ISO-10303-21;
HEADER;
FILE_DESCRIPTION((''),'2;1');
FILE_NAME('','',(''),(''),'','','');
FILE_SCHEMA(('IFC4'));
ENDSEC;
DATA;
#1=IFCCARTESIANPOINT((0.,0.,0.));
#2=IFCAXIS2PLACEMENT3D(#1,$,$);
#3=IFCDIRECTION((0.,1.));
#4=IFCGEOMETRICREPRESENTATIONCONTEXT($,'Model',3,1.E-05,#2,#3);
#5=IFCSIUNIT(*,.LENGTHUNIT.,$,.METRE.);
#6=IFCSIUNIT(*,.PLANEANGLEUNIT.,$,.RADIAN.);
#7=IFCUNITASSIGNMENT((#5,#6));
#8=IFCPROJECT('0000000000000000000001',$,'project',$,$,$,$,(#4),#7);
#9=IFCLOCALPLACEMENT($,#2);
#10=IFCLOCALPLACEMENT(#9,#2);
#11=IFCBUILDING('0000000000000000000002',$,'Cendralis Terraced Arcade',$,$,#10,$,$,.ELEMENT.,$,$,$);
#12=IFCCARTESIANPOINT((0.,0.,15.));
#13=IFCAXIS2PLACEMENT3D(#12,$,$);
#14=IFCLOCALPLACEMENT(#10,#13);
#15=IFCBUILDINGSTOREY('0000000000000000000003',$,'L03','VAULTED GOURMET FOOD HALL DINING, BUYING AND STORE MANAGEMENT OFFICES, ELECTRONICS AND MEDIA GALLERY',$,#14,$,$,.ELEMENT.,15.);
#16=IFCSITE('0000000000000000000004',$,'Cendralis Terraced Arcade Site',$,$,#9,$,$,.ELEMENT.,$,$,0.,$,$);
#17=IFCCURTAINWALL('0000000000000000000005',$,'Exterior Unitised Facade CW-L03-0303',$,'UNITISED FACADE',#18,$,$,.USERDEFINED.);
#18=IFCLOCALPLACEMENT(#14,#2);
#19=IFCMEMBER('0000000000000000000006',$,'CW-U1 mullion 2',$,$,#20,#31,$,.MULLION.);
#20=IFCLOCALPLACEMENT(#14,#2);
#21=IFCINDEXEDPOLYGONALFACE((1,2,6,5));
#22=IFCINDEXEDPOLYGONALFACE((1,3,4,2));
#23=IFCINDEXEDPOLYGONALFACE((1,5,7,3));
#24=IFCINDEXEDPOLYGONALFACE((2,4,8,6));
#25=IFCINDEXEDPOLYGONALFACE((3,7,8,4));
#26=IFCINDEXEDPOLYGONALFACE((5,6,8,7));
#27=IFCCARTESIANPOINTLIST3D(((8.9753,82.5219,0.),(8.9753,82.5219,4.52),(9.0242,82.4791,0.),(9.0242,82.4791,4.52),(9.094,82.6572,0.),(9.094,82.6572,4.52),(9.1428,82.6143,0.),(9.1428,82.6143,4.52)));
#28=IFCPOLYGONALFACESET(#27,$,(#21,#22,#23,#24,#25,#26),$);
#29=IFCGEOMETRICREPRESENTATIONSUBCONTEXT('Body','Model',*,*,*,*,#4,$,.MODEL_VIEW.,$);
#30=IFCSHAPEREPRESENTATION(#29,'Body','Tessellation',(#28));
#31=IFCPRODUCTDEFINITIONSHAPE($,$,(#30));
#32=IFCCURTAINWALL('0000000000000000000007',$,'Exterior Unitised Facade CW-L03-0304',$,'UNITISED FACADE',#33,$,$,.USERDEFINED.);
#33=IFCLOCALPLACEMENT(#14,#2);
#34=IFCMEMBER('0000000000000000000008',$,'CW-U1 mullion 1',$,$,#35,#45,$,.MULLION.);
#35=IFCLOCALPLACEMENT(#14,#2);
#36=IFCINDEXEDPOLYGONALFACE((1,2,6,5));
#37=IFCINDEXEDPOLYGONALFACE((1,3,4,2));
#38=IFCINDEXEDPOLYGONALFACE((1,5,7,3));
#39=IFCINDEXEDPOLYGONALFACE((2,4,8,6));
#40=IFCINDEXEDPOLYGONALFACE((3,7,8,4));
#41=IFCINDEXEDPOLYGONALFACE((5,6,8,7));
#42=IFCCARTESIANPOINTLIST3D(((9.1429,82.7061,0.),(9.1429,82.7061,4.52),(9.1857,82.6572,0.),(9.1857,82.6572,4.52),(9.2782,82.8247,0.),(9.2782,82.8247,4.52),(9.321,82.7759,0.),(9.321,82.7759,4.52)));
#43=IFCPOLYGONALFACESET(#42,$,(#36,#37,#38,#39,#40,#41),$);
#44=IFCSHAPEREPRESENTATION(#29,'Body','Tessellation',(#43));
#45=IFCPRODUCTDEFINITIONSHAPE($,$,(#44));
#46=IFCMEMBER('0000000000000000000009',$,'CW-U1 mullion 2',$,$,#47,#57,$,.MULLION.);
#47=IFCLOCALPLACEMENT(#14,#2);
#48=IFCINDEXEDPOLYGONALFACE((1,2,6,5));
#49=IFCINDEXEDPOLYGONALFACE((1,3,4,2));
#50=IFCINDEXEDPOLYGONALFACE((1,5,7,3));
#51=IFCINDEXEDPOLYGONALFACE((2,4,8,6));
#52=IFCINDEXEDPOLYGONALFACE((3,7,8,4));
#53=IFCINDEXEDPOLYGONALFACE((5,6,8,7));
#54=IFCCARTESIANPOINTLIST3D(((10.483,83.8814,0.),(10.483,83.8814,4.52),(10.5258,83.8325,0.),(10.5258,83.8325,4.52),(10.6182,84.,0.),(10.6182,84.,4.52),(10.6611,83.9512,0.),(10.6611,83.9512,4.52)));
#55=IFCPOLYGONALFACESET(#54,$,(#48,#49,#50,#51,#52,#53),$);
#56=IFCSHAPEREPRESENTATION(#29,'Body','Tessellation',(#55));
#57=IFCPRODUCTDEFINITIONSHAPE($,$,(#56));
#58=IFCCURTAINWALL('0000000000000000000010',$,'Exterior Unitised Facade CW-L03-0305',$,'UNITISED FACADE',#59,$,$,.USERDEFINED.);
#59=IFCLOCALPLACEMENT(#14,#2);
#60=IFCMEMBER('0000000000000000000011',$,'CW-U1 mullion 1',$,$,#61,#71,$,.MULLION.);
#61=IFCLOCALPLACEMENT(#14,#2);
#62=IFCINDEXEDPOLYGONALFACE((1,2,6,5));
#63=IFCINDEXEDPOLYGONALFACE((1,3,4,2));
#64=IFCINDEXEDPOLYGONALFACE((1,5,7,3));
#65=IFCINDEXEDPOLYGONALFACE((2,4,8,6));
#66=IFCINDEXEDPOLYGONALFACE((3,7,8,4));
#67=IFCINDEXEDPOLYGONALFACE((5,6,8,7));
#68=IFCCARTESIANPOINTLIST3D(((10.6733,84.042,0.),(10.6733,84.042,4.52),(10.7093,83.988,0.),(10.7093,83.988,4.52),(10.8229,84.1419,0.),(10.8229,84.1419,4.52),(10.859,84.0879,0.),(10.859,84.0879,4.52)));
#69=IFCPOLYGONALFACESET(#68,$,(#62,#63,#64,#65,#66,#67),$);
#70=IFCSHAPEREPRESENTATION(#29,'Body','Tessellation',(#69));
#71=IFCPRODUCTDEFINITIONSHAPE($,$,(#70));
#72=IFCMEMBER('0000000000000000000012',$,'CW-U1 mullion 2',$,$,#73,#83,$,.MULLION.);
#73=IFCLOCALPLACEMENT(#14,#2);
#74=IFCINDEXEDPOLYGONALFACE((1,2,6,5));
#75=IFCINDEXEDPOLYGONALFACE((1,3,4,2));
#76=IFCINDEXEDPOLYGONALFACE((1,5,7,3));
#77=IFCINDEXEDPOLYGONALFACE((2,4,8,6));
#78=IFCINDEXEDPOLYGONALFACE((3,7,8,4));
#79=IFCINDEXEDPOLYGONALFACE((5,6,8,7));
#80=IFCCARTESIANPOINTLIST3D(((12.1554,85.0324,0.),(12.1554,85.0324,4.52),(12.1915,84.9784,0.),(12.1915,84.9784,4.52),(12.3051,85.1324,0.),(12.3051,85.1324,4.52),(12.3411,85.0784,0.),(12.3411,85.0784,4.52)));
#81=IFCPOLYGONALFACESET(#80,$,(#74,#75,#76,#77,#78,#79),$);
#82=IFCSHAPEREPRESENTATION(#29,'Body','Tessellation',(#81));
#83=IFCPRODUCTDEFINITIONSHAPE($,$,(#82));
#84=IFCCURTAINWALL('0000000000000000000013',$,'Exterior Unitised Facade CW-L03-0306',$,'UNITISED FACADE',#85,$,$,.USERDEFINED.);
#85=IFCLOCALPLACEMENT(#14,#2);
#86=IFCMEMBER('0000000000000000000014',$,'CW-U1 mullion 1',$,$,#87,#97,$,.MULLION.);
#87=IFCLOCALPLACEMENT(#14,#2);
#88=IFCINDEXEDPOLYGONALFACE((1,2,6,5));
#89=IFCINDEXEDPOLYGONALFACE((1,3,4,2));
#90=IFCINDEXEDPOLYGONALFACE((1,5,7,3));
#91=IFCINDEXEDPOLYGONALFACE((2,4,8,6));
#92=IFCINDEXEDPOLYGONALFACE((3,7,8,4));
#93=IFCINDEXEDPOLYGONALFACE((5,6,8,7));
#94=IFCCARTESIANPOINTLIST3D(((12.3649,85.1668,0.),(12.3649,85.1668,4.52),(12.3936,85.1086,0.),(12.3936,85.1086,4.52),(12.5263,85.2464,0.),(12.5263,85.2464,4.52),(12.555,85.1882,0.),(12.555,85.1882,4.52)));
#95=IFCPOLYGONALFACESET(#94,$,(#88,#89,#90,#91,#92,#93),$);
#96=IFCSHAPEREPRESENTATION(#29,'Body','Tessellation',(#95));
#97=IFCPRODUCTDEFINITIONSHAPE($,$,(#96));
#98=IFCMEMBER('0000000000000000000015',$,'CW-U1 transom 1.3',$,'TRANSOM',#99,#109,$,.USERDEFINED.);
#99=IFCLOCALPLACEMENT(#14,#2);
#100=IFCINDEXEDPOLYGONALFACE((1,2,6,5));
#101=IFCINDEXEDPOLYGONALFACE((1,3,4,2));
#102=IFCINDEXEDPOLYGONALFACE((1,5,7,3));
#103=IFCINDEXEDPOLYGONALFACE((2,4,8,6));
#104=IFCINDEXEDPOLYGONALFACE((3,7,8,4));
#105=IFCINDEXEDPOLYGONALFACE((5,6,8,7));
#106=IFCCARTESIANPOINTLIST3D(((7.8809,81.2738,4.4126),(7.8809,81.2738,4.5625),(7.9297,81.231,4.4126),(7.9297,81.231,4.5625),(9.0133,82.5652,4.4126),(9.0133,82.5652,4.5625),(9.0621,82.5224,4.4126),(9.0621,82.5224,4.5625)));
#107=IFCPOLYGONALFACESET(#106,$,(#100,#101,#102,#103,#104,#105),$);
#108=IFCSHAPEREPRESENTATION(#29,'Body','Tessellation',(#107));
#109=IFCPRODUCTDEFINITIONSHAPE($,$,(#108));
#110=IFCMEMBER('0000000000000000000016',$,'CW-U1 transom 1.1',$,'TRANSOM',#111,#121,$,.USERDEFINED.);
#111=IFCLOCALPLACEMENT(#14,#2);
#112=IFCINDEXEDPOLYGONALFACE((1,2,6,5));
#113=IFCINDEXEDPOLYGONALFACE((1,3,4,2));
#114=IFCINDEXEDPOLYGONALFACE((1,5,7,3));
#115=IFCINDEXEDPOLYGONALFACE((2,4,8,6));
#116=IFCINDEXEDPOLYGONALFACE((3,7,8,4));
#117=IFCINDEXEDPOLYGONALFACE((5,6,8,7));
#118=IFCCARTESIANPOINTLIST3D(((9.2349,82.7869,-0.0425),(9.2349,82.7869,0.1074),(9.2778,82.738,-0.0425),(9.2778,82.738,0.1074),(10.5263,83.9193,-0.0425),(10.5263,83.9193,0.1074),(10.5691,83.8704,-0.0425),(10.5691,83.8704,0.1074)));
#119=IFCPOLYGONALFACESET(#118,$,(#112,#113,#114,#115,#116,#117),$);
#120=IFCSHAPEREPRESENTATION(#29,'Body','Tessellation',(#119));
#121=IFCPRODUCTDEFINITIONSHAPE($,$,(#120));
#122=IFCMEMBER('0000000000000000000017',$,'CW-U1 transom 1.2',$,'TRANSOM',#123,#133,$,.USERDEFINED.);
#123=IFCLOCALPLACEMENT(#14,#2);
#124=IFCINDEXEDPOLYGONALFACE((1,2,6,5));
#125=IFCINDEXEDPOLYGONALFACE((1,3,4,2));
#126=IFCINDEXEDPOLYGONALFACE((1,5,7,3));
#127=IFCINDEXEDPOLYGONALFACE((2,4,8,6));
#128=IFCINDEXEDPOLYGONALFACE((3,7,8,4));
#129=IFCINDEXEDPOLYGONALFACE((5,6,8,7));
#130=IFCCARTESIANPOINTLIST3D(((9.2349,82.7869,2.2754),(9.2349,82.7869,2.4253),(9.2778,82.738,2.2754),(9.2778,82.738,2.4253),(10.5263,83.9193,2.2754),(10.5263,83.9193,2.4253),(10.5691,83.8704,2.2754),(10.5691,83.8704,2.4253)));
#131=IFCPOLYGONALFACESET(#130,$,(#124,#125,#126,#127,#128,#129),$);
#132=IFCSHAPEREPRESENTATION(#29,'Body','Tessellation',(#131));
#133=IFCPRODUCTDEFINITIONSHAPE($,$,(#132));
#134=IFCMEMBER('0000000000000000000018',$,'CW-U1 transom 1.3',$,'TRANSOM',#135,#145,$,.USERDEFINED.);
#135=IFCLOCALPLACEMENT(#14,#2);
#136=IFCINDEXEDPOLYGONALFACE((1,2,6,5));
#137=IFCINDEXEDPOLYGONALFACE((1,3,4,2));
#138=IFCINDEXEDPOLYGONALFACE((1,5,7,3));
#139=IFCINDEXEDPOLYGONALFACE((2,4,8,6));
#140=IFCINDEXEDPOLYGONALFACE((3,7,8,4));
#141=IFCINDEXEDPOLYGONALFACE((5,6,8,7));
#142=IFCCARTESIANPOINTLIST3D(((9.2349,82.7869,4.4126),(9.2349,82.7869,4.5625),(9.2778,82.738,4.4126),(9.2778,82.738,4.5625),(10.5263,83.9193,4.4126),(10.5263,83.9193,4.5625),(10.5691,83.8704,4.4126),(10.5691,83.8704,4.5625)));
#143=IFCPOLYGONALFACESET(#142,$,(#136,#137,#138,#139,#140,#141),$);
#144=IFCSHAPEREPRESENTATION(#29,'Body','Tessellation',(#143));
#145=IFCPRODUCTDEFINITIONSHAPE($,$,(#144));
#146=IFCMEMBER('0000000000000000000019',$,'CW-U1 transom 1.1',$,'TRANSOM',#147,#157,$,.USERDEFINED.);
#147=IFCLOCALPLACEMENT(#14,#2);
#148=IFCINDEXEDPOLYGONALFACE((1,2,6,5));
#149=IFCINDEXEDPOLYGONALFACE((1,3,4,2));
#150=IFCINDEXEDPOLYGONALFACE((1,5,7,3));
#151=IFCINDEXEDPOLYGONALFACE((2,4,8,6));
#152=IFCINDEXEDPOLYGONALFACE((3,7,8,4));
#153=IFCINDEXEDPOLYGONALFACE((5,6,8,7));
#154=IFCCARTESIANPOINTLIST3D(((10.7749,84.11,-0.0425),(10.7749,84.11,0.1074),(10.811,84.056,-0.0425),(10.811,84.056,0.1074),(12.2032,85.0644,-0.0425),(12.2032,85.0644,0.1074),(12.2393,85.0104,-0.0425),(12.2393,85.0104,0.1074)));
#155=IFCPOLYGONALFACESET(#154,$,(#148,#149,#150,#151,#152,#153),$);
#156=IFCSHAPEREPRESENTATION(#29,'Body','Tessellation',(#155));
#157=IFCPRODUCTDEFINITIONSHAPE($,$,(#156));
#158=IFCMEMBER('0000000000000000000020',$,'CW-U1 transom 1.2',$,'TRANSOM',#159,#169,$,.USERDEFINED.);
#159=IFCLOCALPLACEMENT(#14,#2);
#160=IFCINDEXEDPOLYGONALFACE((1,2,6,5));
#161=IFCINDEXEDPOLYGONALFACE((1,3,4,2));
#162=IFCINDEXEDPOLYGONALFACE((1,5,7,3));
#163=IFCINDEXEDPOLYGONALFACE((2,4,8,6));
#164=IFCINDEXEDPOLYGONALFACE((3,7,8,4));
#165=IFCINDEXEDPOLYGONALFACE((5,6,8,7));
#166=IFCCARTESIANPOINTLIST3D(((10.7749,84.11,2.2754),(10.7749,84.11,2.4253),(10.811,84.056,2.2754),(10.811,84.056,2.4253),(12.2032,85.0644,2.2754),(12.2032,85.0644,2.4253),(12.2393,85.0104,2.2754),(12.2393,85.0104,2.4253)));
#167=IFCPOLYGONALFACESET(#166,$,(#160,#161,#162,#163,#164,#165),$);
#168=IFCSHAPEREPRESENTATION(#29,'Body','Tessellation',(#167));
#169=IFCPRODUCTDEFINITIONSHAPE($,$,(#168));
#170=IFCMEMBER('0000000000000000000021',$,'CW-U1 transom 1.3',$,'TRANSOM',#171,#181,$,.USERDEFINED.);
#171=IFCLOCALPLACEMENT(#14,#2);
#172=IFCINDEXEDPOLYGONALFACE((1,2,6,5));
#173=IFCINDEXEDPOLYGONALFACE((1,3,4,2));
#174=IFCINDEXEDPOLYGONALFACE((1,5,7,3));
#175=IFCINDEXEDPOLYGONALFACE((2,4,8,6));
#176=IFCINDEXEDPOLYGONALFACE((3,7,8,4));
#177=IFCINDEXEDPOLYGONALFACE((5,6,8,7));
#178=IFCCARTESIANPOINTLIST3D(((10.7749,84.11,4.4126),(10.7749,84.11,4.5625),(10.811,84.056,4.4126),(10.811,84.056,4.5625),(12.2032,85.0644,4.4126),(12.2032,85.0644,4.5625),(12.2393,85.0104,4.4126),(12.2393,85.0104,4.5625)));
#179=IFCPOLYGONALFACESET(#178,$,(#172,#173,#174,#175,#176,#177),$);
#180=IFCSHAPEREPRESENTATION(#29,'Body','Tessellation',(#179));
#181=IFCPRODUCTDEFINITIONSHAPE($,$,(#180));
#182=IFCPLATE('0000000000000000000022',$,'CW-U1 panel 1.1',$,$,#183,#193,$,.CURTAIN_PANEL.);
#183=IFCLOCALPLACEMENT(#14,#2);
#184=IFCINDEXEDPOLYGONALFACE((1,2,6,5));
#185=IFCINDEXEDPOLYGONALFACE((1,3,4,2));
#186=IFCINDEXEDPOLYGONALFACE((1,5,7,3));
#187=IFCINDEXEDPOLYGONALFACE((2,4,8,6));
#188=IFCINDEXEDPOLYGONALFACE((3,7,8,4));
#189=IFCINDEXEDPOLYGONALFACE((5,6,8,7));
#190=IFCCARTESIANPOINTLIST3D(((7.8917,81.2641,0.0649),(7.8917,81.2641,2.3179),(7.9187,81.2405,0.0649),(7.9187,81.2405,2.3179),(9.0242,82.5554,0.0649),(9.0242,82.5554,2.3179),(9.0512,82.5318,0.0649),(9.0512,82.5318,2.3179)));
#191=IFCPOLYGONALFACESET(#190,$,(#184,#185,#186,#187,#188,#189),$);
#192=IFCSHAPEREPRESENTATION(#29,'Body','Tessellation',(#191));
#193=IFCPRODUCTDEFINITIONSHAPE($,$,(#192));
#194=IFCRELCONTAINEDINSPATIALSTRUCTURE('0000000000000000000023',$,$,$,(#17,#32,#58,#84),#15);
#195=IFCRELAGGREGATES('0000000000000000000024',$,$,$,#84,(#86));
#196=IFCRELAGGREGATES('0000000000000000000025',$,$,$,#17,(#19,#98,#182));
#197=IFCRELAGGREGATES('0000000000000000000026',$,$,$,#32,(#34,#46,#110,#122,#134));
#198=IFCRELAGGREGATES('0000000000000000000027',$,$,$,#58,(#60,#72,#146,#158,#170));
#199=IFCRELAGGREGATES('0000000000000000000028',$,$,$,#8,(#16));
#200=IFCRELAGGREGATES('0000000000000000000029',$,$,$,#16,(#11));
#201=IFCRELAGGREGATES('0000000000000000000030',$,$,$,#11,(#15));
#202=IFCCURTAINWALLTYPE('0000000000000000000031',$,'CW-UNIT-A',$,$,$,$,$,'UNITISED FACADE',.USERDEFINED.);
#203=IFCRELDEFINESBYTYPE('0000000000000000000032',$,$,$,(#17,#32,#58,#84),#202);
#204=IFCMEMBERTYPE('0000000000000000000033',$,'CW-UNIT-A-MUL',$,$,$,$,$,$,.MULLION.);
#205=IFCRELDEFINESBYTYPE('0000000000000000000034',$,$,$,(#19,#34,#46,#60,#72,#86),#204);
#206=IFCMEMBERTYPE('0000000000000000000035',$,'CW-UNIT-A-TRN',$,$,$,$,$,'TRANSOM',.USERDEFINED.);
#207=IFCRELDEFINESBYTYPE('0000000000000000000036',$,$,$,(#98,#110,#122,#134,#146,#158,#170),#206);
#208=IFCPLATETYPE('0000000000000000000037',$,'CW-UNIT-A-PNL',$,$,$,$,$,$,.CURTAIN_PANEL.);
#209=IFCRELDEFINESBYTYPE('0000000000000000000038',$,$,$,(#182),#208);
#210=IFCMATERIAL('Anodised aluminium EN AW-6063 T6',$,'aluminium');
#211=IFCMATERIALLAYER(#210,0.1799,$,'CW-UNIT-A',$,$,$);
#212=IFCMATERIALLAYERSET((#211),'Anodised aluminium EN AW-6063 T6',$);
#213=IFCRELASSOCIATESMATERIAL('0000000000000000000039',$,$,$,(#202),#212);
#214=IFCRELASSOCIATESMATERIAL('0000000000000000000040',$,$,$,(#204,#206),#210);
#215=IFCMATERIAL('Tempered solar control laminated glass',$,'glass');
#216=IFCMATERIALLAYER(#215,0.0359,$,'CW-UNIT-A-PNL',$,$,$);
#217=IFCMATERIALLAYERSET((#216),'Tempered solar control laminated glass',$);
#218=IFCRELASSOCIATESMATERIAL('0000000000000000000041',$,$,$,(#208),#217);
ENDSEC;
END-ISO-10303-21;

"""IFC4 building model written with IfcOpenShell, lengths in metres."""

from ifc_helpers import new_model, si_unit, direction, frame, origin, origin_2d, place, context, subcontext, project, spatial, rectangle, extrude, material, layer, layer_set, material_profile, profile_set, type_object, element, aggregate, save


model = new_model("IFC4")

# Units and contexts
model_context = context("Model", 3, precision=1e-05, world=origin(), true_north=direction((0.0, 1.0)))
body_context = subcontext(model_context, "Body", "Model", "MODEL_VIEW")
ifc_project = project(units=[si_unit("LENGTHUNIT", "METRE"), si_unit("PLANEANGLEUNIT", "RADIAN")], contexts=[model_context])

# Site, building, storey
site_placement = place(None, origin())
site = spatial("IfcSite", under=ifc_project, at=site_placement, Name="Cendralis Terraced Arcade Site", CompositionType="ELEMENT", RefElevation=0.0)
building_placement = place(site_placement, origin())
building = spatial("IfcBuilding", under=site, at=building_placement, Name="Cendralis Terraced Arcade", CompositionType="ELEMENT")
storey_placement = place(building_placement, frame((0.0, 0.0, 15.0)))
storey = spatial("IfcBuildingStorey", under=building, at=storey_placement, Name="L03", Description="VAULTED GOURMET FOOD HALL DINING, BUYING AND STORE MANAGEMENT OFFICES, ELECTRONICS AND MEDIA GALLERY", CompositionType="ELEMENT", Elevation=15.0)

# Curtain wall, member
ifc_material_1 = material(Name="Anodised aluminium EN AW-6063 T6", Category="aluminium")
ifc_layer_1 = layer(ifc_material_1, 0.1799, Name="CW-UNIT-A")
ifc_layer_set_1 = layer_set([ifc_layer_1], Name="Anodised aluminium EN AW-6063 T6")
curtain_wall_type = type_object("IfcCurtainWallType", Name="CW-UNIT-A", ElementType="UNITISED FACADE", PredefinedType="USERDEFINED", material=ifc_layer_set_1)
curtain_wall_1_placement = place(storey_placement, origin())
curtain_wall_1 = element("IfcCurtainWall", 1, at=curtain_wall_1_placement, inside=storey, type_object=curtain_wall_type, Name="Exterior Unitised Facade CW-L03-0303", ObjectType="UNITISED FACADE", PredefinedType="USERDEFINED")
ifc_material_profile_1 = material_profile(ifc_material_1, rectangle(XDim=0.0649, YDim=0.1799, at=origin_2d()), Name="ALU-MUL-65x180")
ifc_profile_set_1 = profile_set([ifc_material_profile_1], Name="Anodised aluminium EN AW-6063 T6")
member_type_1 = type_object("IfcMemberType", Name="CW-UNIT-A-MUL", PredefinedType="MULLION", material=ifc_profile_set_1)
member_1_placement = place(storey_placement, frame((9.0591, 82.5681, 0.0), z_axis=(0.0, 0.0, 1.0), x_axis=(-0.751818, 0.65937, 0.0)))
member_1 = element("IfcMember", 2, at=member_1_placement, type_object=member_type_1, Name="CW-U1 mullion 2", PredefinedType="MULLION", context=body_context, shape_type="SweptSolid", body=[
    extrude(rectangle(XDim=0.0649, YDim=0.1799, at=origin_2d()), origin(), (0.0, 0.0, 1.0), 4.52),
])

# Curtain walls, members
curtain_wall_2_placement = place(storey_placement, origin())
curtain_wall_2 = element("IfcCurtainWall", 3, at=curtain_wall_2_placement, inside=storey, type_object=curtain_wall_type, Name="Exterior Unitised Facade CW-L03-0304", ObjectType="UNITISED FACADE", PredefinedType="USERDEFINED")
member_2_placement = place(storey_placement, frame((9.2319, 82.741, 0.0), z_axis=(0.0, 0.0, 1.0), x_axis=(-0.65937, 0.751818, 0.0)))
member_2 = element("IfcMember", 4, at=member_2_placement, type_object=member_type_1, Name="CW-U1 mullion 1", PredefinedType="MULLION", context=body_context, shape_type="SweptSolid", body=[
    extrude(rectangle(XDim=0.0649, YDim=0.1799, at=origin_2d()), origin(), (0.0, 0.0, 1.0), 4.52),
])
member_3_placement = place(storey_placement, frame((10.572, 83.9163, 0.0), z_axis=(0.0, 0.0, 1.0), x_axis=(-0.65937, 0.751818, 0.0)))
member_3 = element("IfcMember", 5, at=member_3_placement, type_object=member_type_1, Name="CW-U1 mullion 2", PredefinedType="MULLION", context=body_context, shape_type="SweptSolid", body=[
    extrude(rectangle(XDim=0.0649, YDim=0.1799, at=origin_2d()), origin(), (0.0, 0.0, 1.0), 4.52),
])
curtain_wall_3_placement = place(storey_placement, origin())
curtain_wall_3 = element("IfcCurtainWall", 6, at=curtain_wall_3_placement, inside=storey, type_object=curtain_wall_type, Name="Exterior Unitised Facade CW-L03-0305", ObjectType="UNITISED FACADE", PredefinedType="USERDEFINED")
member_4_placement = place(storey_placement, frame((10.7661, 84.0649, 0.0), z_axis=(0.0, 0.0, 1.0), x_axis=(-0.555549, 0.831484, 0.0)))
member_4 = element("IfcMember", 7, at=member_4_placement, type_object=member_type_1, Name="CW-U1 mullion 1", PredefinedType="MULLION", context=body_context, shape_type="SweptSolid", body=[
    extrude(rectangle(XDim=0.0649, YDim=0.1799, at=origin_2d()), origin(), (0.0, 0.0, 1.0), 4.52),
])
member_5_placement = place(storey_placement, frame((12.2483, 85.0554, 0.0), z_axis=(0.0, 0.0, 1.0), x_axis=(-0.555549, 0.831484, 0.0)))
member_5 = element("IfcMember", 8, at=member_5_placement, type_object=member_type_1, Name="CW-U1 mullion 2", PredefinedType="MULLION", context=body_context, shape_type="SweptSolid", body=[
    extrude(rectangle(XDim=0.0649, YDim=0.1799, at=origin_2d()), origin(), (0.0, 0.0, 1.0), 4.52),
])

# Curtain wall, member
curtain_wall_4_placement = place(storey_placement, origin())
curtain_wall_4 = element("IfcCurtainWall", 9, at=curtain_wall_4_placement, inside=storey, type_object=curtain_wall_type, Name="Exterior Unitised Facade CW-L03-0306", ObjectType="UNITISED FACADE", PredefinedType="USERDEFINED")
member_6_placement = place(storey_placement, frame((12.46, 85.1775, 0.0), z_axis=(0.0, 0.0, 1.0), x_axis=(-0.44227, 0.896882, 0.0)))
member_6 = element("IfcMember", 10, at=member_6_placement, type_object=member_type_1, Name="CW-U1 mullion 1", PredefinedType="MULLION", context=body_context, shape_type="SweptSolid", body=[
    extrude(rectangle(XDim=0.0649, YDim=0.1799, at=origin_2d()), origin(), (0.0, 0.0, 1.0), 4.52),
])
aggregate(curtain_wall_4, [member_6])

# Members
ifc_material_profile_2 = material_profile(ifc_material_1, rectangle(XDim=0.0649, YDim=0.1499, at=origin_2d()), Name="ALU-TRN-65x150")
ifc_profile_set_2 = profile_set([ifc_material_profile_2], Name="Anodised aluminium EN AW-6063 T6")
member_type_2 = type_object("IfcMemberType", Name="CW-UNIT-A-TRN", ElementType="TRANSOM", PredefinedType="USERDEFINED", material=ifc_profile_set_2)
member_7_placement = place(storey_placement, frame((7.9053, 81.2524, 4.4875), z_axis=(0.659319, 0.751863, 0.0), x_axis=(-0.751863, 0.659319, 0.0)))
member_7 = element("IfcMember", 11, at=member_7_placement, type_object=member_type_2, Name="CW-U1 transom 1.3", ObjectType="TRANSOM", PredefinedType="USERDEFINED", context=body_context, shape_type="SweptSolid", body=[
    extrude(rectangle(XDim=0.0649, YDim=0.1499, at=origin_2d()), origin(), (0.0, 0.0, 1.0), 1.7175),
])
member_8_placement = place(storey_placement, frame((9.2563, 82.7625, 0.0325), z_axis=(0.751863, 0.659319, 0.0), x_axis=(-0.659319, 0.751863, 0.0)))
member_8 = element("IfcMember", 12, at=member_8_placement, type_object=member_type_2, Name="CW-U1 transom 1.1", ObjectType="TRANSOM", PredefinedType="USERDEFINED", context=body_context, shape_type="SweptSolid", body=[
    extrude(rectangle(XDim=0.0649, YDim=0.1499, at=origin_2d()), origin(), (0.0, 0.0, 1.0), 1.7175),
])
member_9_placement = place(storey_placement, frame((9.2563, 82.7625, 2.3503), z_axis=(0.751863, 0.659319, 0.0), x_axis=(-0.659319, 0.751863, 0.0)))
member_9 = element("IfcMember", 13, at=member_9_placement, type_object=member_type_2, Name="CW-U1 transom 1.2", ObjectType="TRANSOM", PredefinedType="USERDEFINED", context=body_context, shape_type="SweptSolid", body=[
    extrude(rectangle(XDim=0.0649, YDim=0.1499, at=origin_2d()), origin(), (0.0, 0.0, 1.0), 1.7175),
])
member_10_placement = place(storey_placement, frame((9.2563, 82.7625, 4.4875), z_axis=(0.751863, 0.659319, 0.0), x_axis=(-0.659319, 0.751863, 0.0)))
member_10 = element("IfcMember", 14, at=member_10_placement, type_object=member_type_2, Name="CW-U1 transom 1.3", ObjectType="TRANSOM", PredefinedType="USERDEFINED", context=body_context, shape_type="SweptSolid", body=[
    extrude(rectangle(XDim=0.0649, YDim=0.1499, at=origin_2d()), origin(), (0.0, 0.0, 1.0), 1.7175),
])
member_11_placement = place(storey_placement, frame((10.793, 84.083, 0.0325), z_axis=(0.831459, 0.555585, 0.0), x_axis=(-0.555585, 0.831459, 0.0)))
member_11 = element("IfcMember", 15, at=member_11_placement, type_object=member_type_2, Name="CW-U1 transom 1.1", ObjectType="TRANSOM", PredefinedType="USERDEFINED", context=body_context, shape_type="SweptSolid", body=[
    extrude(rectangle(XDim=0.0649, YDim=0.1499, at=origin_2d()), origin(), (0.0, 0.0, 1.0), 1.7178),
])
member_12_placement = place(storey_placement, frame((10.793, 84.083, 2.3503), z_axis=(0.831459, 0.555585, 0.0), x_axis=(-0.555585, 0.831459, 0.0)))
member_12 = element("IfcMember", 16, at=member_12_placement, type_object=member_type_2, Name="CW-U1 transom 1.2", ObjectType="TRANSOM", PredefinedType="USERDEFINED", context=body_context, shape_type="SweptSolid", body=[
    extrude(rectangle(XDim=0.0649, YDim=0.1499, at=origin_2d()), origin(), (0.0, 0.0, 1.0), 1.7178),
])
member_13_placement = place(storey_placement, frame((10.793, 84.083, 4.4875), z_axis=(0.831459, 0.555585, 0.0), x_axis=(-0.555585, 0.831459, 0.0)))
member_13 = element("IfcMember", 17, at=member_13_placement, type_object=member_type_2, Name="CW-U1 transom 1.3", ObjectType="TRANSOM", PredefinedType="USERDEFINED", context=body_context, shape_type="SweptSolid", body=[
    extrude(rectangle(XDim=0.0649, YDim=0.1499, at=origin_2d()), origin(), (0.0, 0.0, 1.0), 1.7178),
])

# Plate
ifc_material_2 = material(Name="Tempered solar control laminated glass", Category="glass")
ifc_layer_2 = layer(ifc_material_2, 0.0359, Name="CW-UNIT-A-PNL")
ifc_layer_set_2 = layer_set([ifc_layer_2], Name="Tempered solar control laminated glass")
plate_type = type_object("IfcPlateType", Name="CW-UNIT-A-PNL", PredefinedType="CURTAIN_PANEL", material=ifc_layer_set_2)
plate_1_placement = place(storey_placement, frame((8.4714, 81.8979, 0.0649), z_axis=(0.0, 0.0, 1.0), x_axis=(0.65937, 0.751818, 0.0)))
plate_1 = element("IfcPlate", 18, at=plate_1_placement, type_object=plate_type, Name="CW-U1 panel 1.1", PredefinedType="CURTAIN_PANEL", context=body_context, shape_type="SweptSolid", body=[
    extrude(rectangle(XDim=1.7175, YDim=0.0359, at=origin_2d()), origin(), (0.0, 0.0, 1.0), 2.2529),
])
aggregate(curtain_wall_1, [member_1, member_7, plate_1])
aggregate(curtain_wall_2, [member_2, member_3, member_8, member_9, member_10])
aggregate(curtain_wall_3, [member_4, member_5, member_11, member_12, member_13])

save(model, "model.ifc")
